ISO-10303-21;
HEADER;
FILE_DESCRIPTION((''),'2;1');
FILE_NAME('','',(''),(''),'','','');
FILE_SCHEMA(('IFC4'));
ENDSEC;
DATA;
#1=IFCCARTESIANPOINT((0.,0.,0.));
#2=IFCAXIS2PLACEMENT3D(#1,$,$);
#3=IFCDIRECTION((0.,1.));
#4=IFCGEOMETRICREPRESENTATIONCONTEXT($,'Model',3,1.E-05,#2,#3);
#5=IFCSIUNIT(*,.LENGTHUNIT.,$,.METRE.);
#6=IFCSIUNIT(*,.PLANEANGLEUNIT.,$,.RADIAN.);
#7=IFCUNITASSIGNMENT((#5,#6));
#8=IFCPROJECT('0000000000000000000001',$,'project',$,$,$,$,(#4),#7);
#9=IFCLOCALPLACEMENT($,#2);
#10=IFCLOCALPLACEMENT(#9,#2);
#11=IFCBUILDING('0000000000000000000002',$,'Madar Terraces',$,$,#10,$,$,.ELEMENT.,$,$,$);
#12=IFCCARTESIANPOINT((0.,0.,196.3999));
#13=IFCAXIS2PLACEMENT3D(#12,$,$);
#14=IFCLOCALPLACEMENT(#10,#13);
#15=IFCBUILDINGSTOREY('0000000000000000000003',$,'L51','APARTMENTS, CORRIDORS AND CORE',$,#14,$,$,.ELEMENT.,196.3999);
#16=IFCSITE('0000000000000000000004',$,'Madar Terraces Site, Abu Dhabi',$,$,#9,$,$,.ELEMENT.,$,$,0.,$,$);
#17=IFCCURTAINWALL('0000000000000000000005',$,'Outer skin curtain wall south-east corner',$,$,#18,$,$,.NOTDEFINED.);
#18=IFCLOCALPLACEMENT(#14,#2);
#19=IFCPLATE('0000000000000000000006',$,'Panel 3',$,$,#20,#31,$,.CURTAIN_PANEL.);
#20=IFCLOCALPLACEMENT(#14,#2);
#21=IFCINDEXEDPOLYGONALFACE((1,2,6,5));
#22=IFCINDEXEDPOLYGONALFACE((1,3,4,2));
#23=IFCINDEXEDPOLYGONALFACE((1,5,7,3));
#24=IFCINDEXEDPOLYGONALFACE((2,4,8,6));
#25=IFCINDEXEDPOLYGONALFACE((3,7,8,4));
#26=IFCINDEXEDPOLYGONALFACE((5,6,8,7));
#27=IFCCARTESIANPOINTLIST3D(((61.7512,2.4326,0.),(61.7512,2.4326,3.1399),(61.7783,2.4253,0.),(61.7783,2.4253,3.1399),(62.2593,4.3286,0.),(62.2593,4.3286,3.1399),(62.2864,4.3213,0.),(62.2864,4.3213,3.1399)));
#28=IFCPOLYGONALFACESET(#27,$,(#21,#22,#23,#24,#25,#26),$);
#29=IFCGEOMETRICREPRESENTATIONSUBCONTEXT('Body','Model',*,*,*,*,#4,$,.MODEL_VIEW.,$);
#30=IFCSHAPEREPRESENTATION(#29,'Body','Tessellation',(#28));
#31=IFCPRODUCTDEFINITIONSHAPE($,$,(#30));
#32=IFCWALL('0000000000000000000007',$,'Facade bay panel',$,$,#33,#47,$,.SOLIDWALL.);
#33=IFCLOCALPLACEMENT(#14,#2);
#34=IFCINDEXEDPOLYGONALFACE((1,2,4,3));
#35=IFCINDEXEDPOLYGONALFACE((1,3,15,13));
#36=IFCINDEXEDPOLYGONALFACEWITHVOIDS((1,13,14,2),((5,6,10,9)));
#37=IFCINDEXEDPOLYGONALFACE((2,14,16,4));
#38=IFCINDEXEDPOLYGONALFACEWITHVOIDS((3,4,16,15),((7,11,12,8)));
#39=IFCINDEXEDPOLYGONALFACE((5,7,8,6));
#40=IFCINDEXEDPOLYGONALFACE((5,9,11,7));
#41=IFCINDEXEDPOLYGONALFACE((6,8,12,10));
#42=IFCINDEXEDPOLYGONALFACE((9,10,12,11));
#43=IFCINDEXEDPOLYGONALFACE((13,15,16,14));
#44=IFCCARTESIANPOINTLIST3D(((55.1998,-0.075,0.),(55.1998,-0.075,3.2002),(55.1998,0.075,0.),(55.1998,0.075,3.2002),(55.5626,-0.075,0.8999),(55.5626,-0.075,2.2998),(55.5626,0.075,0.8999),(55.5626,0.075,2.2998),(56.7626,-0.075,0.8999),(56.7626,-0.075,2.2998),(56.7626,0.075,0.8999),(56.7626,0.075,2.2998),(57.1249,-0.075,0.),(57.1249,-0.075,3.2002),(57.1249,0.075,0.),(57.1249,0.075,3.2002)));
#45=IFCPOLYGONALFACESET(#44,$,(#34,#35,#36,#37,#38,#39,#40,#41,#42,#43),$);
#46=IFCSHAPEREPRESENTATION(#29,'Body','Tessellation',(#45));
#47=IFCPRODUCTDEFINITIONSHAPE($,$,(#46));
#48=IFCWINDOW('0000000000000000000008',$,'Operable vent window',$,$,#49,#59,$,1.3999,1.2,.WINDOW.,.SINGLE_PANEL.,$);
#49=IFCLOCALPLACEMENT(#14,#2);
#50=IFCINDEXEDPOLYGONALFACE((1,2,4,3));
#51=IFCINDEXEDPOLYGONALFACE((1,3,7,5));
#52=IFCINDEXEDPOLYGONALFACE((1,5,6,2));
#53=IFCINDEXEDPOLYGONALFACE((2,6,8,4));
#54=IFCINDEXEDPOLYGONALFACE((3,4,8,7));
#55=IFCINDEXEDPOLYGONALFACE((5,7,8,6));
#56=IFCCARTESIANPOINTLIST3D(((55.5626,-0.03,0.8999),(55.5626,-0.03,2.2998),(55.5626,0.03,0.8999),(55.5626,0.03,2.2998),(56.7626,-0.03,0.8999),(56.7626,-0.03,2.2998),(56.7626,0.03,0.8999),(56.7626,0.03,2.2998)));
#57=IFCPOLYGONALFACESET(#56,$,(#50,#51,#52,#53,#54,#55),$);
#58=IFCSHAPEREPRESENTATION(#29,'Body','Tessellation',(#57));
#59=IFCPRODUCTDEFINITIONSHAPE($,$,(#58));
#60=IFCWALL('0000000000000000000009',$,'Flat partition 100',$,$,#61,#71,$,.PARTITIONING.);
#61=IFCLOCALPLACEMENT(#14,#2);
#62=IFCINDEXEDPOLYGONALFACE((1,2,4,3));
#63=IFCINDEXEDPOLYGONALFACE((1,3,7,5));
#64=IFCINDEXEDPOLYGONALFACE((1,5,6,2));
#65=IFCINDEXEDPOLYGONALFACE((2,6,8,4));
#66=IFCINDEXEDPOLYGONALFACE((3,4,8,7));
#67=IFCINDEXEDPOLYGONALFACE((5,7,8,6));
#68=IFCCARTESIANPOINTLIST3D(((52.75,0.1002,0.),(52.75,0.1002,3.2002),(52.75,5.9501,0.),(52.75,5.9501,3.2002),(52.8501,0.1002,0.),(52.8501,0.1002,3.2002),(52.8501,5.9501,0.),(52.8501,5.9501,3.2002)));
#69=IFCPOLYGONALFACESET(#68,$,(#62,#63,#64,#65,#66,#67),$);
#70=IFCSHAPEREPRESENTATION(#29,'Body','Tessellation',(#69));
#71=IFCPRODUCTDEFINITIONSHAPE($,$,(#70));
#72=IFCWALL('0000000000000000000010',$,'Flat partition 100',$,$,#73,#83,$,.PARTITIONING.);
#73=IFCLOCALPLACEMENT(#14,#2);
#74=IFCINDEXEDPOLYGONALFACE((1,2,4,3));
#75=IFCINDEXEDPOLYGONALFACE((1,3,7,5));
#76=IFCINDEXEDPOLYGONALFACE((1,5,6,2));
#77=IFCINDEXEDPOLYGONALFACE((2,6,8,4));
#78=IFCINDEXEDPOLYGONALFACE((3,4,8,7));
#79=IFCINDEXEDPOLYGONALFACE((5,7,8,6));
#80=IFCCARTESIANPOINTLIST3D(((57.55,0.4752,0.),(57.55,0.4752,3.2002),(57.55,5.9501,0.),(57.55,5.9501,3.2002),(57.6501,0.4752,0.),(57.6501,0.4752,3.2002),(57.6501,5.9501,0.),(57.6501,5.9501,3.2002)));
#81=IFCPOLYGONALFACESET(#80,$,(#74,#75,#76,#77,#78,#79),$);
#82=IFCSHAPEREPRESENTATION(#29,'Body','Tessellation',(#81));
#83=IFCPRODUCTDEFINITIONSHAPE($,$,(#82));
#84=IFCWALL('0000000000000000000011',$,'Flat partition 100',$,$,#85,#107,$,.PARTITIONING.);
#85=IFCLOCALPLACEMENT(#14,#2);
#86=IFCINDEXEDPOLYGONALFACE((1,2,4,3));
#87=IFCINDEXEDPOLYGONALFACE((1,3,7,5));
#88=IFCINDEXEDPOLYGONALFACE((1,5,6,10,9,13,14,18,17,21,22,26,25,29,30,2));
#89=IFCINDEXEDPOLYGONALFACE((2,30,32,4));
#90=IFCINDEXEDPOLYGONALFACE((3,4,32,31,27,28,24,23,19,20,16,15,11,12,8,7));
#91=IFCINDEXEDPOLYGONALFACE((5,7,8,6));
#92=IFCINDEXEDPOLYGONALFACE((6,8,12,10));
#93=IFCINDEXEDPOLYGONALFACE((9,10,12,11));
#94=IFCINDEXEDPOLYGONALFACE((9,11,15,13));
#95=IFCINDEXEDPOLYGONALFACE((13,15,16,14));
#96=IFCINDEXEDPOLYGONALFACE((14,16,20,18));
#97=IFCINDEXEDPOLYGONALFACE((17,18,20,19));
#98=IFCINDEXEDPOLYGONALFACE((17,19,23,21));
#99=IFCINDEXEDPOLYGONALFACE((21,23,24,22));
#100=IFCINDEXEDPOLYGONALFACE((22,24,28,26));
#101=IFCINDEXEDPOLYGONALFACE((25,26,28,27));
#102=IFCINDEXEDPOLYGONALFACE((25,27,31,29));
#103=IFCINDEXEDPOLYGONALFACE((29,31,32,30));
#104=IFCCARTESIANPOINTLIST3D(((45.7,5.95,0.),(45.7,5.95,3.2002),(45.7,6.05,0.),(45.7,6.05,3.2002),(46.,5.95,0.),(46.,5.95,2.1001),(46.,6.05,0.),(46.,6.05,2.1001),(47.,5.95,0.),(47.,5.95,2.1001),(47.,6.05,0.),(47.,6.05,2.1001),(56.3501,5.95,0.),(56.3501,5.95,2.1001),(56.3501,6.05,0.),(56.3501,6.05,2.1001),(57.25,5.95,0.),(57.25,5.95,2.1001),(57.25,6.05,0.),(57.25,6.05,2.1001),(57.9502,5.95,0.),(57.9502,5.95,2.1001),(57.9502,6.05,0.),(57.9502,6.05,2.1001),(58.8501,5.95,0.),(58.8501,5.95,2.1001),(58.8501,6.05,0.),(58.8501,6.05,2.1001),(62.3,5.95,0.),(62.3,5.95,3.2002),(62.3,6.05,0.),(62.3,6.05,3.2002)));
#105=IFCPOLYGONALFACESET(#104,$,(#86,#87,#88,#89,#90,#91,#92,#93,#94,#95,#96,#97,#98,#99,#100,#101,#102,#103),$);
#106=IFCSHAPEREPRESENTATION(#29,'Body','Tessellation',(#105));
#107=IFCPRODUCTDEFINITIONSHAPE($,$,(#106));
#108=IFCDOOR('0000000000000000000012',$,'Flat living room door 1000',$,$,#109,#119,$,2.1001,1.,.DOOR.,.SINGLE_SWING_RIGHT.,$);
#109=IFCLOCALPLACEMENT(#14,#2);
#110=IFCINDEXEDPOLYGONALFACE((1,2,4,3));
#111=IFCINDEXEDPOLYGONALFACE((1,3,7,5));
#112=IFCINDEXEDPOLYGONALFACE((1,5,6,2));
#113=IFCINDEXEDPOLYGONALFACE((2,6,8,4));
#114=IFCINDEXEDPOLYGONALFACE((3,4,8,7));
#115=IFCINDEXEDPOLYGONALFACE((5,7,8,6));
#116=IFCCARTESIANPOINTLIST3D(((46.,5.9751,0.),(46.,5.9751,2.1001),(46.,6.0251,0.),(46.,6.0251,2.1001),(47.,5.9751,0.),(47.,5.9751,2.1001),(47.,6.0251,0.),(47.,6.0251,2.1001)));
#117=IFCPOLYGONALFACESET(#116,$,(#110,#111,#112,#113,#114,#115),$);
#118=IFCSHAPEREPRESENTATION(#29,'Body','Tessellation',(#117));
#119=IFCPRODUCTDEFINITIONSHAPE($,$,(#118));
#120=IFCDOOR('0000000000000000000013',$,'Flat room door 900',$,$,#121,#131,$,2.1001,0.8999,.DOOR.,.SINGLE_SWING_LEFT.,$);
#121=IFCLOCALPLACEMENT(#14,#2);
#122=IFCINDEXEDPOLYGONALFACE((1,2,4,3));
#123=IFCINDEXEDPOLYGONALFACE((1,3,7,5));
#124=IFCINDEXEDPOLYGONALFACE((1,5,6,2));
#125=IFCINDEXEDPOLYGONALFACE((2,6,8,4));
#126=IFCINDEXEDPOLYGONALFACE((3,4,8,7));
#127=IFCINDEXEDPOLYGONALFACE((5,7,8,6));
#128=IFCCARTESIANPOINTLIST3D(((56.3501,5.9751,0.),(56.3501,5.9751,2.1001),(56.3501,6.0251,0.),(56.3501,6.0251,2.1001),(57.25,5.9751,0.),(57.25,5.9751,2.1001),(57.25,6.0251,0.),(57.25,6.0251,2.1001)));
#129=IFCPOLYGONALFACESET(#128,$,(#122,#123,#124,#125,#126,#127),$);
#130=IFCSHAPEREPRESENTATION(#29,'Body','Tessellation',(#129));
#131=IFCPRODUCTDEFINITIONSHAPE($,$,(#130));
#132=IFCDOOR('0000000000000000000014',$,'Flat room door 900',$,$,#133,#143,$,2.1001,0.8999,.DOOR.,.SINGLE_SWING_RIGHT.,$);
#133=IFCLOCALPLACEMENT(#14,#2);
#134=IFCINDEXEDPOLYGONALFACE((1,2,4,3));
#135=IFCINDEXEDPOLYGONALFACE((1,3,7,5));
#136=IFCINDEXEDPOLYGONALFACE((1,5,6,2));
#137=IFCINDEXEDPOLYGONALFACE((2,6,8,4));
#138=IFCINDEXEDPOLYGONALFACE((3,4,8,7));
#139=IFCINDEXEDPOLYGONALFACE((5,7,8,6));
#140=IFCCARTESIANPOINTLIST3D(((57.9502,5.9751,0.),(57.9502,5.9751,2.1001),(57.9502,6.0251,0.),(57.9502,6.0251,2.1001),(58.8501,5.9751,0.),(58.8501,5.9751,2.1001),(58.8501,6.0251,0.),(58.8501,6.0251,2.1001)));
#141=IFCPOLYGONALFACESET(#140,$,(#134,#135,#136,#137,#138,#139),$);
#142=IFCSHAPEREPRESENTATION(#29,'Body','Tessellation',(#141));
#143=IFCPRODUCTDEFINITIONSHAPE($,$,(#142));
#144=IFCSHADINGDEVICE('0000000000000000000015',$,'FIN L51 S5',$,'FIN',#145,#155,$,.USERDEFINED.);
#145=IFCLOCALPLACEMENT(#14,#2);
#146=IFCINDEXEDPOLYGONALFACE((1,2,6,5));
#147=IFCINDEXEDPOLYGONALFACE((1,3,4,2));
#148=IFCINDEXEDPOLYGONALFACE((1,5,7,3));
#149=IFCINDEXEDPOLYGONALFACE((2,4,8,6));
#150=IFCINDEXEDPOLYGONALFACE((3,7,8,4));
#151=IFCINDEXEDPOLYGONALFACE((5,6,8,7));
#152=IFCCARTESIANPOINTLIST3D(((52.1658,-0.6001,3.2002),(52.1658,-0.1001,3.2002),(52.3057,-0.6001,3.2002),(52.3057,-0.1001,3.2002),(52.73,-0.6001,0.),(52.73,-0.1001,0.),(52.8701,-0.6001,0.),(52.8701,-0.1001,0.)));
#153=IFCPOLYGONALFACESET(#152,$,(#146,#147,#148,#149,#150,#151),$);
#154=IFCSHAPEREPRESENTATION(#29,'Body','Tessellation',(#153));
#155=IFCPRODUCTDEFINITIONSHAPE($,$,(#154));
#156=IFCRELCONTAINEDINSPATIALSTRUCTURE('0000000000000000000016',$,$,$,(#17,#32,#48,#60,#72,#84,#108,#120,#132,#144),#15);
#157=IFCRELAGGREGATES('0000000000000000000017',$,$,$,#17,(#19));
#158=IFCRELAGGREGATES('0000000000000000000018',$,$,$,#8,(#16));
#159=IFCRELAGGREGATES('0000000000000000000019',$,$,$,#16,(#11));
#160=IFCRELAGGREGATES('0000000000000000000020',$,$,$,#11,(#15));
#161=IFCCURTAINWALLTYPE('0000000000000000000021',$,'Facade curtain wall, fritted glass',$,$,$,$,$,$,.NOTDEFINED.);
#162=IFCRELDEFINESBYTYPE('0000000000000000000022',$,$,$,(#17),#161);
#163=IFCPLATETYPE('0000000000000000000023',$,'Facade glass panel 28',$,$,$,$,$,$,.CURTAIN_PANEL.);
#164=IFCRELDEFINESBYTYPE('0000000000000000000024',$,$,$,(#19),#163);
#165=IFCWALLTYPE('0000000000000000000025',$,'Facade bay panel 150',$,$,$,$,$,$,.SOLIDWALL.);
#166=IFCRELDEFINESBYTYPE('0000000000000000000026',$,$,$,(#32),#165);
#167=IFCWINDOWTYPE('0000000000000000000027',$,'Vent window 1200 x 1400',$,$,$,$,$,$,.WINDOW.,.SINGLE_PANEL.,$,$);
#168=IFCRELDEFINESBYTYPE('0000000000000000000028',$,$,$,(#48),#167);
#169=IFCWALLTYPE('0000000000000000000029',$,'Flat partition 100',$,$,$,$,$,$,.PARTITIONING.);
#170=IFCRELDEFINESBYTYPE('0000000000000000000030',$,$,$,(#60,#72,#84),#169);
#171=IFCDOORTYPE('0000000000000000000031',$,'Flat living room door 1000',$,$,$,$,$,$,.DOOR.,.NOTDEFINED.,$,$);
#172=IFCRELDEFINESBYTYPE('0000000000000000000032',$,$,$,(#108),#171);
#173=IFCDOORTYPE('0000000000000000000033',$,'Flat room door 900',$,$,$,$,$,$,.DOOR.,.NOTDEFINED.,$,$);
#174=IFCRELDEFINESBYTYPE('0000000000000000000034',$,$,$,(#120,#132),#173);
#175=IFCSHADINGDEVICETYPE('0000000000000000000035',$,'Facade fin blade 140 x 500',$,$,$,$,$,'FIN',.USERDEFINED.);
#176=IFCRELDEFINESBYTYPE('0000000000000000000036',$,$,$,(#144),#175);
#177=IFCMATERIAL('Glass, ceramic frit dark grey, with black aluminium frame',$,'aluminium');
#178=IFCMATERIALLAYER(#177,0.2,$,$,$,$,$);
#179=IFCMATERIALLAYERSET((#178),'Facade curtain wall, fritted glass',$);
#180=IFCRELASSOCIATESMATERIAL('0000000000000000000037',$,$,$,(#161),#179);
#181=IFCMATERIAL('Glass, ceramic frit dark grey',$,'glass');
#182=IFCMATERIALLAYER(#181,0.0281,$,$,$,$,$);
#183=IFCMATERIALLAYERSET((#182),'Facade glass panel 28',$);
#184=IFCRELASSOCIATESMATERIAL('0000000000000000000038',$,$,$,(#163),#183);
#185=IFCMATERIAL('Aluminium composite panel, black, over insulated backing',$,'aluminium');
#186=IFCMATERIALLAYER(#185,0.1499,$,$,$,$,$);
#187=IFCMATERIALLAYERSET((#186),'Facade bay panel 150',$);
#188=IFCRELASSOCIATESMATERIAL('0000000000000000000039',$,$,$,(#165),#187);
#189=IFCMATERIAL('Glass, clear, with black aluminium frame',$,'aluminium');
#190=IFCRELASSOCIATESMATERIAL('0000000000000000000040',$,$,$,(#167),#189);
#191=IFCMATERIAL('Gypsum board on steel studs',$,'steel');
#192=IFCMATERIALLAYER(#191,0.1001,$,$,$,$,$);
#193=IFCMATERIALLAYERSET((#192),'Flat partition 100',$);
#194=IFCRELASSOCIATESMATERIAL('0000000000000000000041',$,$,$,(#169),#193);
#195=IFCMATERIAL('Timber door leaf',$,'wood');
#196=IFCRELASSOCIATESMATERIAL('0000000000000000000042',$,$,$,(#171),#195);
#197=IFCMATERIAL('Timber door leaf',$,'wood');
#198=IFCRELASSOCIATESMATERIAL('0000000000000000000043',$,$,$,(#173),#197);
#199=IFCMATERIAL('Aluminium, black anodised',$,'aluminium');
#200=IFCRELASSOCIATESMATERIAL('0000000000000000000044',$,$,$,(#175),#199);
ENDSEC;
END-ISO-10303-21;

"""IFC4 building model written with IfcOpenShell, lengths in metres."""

from ifc_helpers import new_model, si_unit, direction, frame, frame_2d, origin, origin_2d, place, context, subcontext, project, spatial, polyline, rectangle, outline, extrude, material, layer, layer_set, type_object, element, fill, aggregate, save


model = new_model("IFC4")

# Units and contexts
model_context = context("Model", 3, precision=1e-05, world=origin(), true_north=direction((0.0, 1.0)))
body_context = subcontext(model_context, "Body", "Model", "MODEL_VIEW")
ifc_project = project(units=[si_unit("LENGTHUNIT", "METRE"), si_unit("PLANEANGLEUNIT", "RADIAN")], contexts=[model_context])

# Site, building, storey
site_placement = place(None, origin())
site = spatial("IfcSite", under=ifc_project, at=site_placement, Name="Madar Terraces Site, Abu Dhabi", CompositionType="ELEMENT", RefElevation=0.0)
building_placement = place(site_placement, origin())
building = spatial("IfcBuilding", under=site, at=building_placement, Name="Madar Terraces", CompositionType="ELEMENT")
storey_placement = place(building_placement, frame((0.0, 0.0, 196.3999)))
storey = spatial("IfcBuildingStorey", under=building, at=storey_placement, Name="L51", Description="APARTMENTS, CORRIDORS AND CORE", CompositionType="ELEMENT", Elevation=196.3999)

# Shared definitions
ifc_material_1 = material(Name="Glass, ceramic frit dark grey, with black aluminium frame", Category="aluminium")
ifc_layer_1 = layer(ifc_material_1, 0.2)
ifc_layer_set_1 = layer_set([ifc_layer_1], Name="Facade curtain wall, fritted glass")
curtain_wall_type = type_object("IfcCurtainWallType", Name="Facade curtain wall, fritted glass", PredefinedType="NOTDEFINED", material=ifc_layer_set_1)

# Curtain wall
curtain_wall_1_placement = place(storey_placement, origin())
curtain_wall_1 = element("IfcCurtainWall", 1, at=curtain_wall_1_placement, inside=storey, type_object=curtain_wall_type, Name="Outer skin curtain wall south-east corner", PredefinedType="NOTDEFINED")

# Plate
ifc_material_2 = material(Name="Glass, ceramic frit dark grey", Category="glass")
ifc_layer_2 = layer(ifc_material_2, 0.0281)
ifc_layer_set_2 = layer_set([ifc_layer_2], Name="Facade glass panel 28")
plate_type = type_object("IfcPlateType", Name="Facade glass panel 28", PredefinedType="CURTAIN_PANEL", material=ifc_layer_set_2)
plate_1_placement = place(storey_placement, frame((62.0188, 3.377, 0.0), z_axis=(0.0, 0.0, 1.0), x_axis=(0.258819, 0.965926, 0.0)))
plate_1 = element("IfcPlate", 2, at=plate_1_placement, type_object=plate_type, Name="Panel 3", PredefinedType="CURTAIN_PANEL", context=body_context, shape_type="SweptSolid", body=[
    extrude(rectangle(XDim=1.9629, YDim=0.0281, at=origin_2d()), origin(), (0.0, 0.0, 1.0), 3.1399),
])
aggregate(curtain_wall_1, [plate_1])

# Wall, opening, window
ifc_material_3 = material(Name="Aluminium composite panel, black, over insulated backing", Category="aluminium")
ifc_layer_3 = layer(ifc_material_3, 0.1499)
ifc_layer_set_3 = layer_set([ifc_layer_3], Name="Facade bay panel 150")
wall_type_1 = type_object("IfcWallType", Name="Facade bay panel 150", PredefinedType="SOLIDWALL", material=ifc_layer_set_3)
wall_1_placement = place(storey_placement, frame((55.2, 0.0, 0.0), z_axis=(0.0, 0.0, 1.0), x_axis=(1.0, 0.0, 0.0)))
wall_1 = element("IfcWall", 3, at=wall_1_placement, inside=storey, type_object=wall_type_1, Name="Facade bay panel", PredefinedType="SOLIDWALL", context=body_context, shape_type="SweptSolid", body=[
    extrude(rectangle(XDim=1.925, YDim=0.1499, at=frame_2d((0.9624, 0.0))), origin(), (0.0, 0.0, 1.0), 3.2002),
])
opening_1_placement = place(wall_1_placement, frame((0.3625, 0.0, 0.8999)))
opening_1 = element("IfcOpeningElement", 4, at=opening_1_placement, cuts=wall_1, PredefinedType="OPENING", context=body_context, shape_type="SweptSolid", body=[
    extrude(rectangle(XDim=1.2, YDim=1.3999, at=frame_2d((0.6001, 0.7))), frame((0.0, 0.085, 0.0), z_axis=(0.0, -1.0, 0.0), x_axis=(1.0, 0.0, 0.0)), (0.0, 0.0, 1.0), 0.1699),
])
ifc_material_4 = material(Name="Glass, clear, with black aluminium frame", Category="aluminium")
window_type = type_object("IfcWindowType", Name="Vent window 1200 x 1400", PartitioningType="SINGLE_PANEL", PredefinedType="WINDOW", material=ifc_material_4)
window_placement = place(opening_1_placement, origin())
window = element("IfcWindow", 5, at=window_placement, inside=storey, type_object=window_type, Name="Operable vent window", OverallHeight=1.3999, OverallWidth=1.2, PartitioningType="SINGLE_PANEL", PredefinedType="WINDOW", context=body_context, shape_type="SweptSolid", body=[
    extrude(rectangle(XDim=1.2, YDim=1.3999, at=frame_2d((0.6001, 0.7))), frame((0.0, 0.03, 0.0), z_axis=(0.0, -1.0, 0.0), x_axis=(1.0, 0.0, 0.0)), (0.0, 0.0, 1.0), 0.0601),
])
fill(opening_1, window)

# Walls
ifc_material_5 = material(Name="Gypsum board on steel studs", Category="steel")
ifc_layer_4 = layer(ifc_material_5, 0.1001)
ifc_layer_set_4 = layer_set([ifc_layer_4], Name="Flat partition 100")
wall_type_2 = type_object("IfcWallType", Name="Flat partition 100", PredefinedType="PARTITIONING", material=ifc_layer_set_4)
wall_2_placement = place(storey_placement, frame((52.8, 5.95, 0.0), z_axis=(0.0, 0.0, 1.0), x_axis=(0.0, -1.0, 0.0)))
element("IfcWall", 6, at=wall_2_placement, inside=storey, type_object=wall_type_2, Name="Flat partition 100", PredefinedType="PARTITIONING", context=body_context, shape_type="SweptSolid", body=[
    extrude(rectangle(XDim=5.8499, YDim=0.1001, at=frame_2d((2.9248, 0.0))), origin(), (0.0, 0.0, 1.0), 3.2002),
])
wall_3_placement = place(storey_placement, frame((57.6001, 5.95, 0.0), z_axis=(0.0, 0.0, 1.0), x_axis=(0.0, -1.0, 0.0)))
element("IfcWall", 7, at=wall_3_placement, inside=storey, type_object=wall_type_2, Name="Flat partition 100", PredefinedType="PARTITIONING", context=body_context, shape_type="SweptSolid", body=[
    extrude(rectangle(XDim=5.4749, YDim=0.1001, at=frame_2d((2.7373, 0.0))), origin(), (0.0, 0.0, 1.0), 3.2002),
])

# Wall, openings, doors
wall_4_placement = place(storey_placement, frame((62.3, 6.0, 0.0), z_axis=(0.0, 0.0, 1.0), x_axis=(-1.0, 0.0, 0.0)))
wall_4 = element("IfcWall", 8, at=wall_4_placement, inside=storey, type_object=wall_type_2, Name="Flat partition 100", PredefinedType="PARTITIONING", context=body_context, shape_type="SweptSolid", body=[
    extrude(rectangle(XDim=16.6001, YDim=0.1001, at=frame_2d((8.3, 0.0))), origin(), (0.0, 0.0, 1.0), 3.2002),
])
opening_2_placement = place(wall_4_placement, frame((15.3, 0.0, 0.0)))
opening_2 = element("IfcOpeningElement", 9, at=opening_2_placement, cuts=wall_4, PredefinedType="OPENING", context=body_context, shape_type="SweptSolid", body=[
    extrude(rectangle(XDim=1.0, YDim=2.1001, at=frame_2d((0.5, 1.05))), frame((0.0, 0.0601, 0.0), z_axis=(0.0, -1.0, 0.0), x_axis=(1.0, 0.0, 0.0)), (0.0, 0.0, 1.0), 0.1201),
])
opening_3_placement = place(wall_4_placement, frame((5.05, 0.0, 0.0)))
opening_3 = element("IfcOpeningElement", 10, at=opening_3_placement, cuts=wall_4, PredefinedType="OPENING", context=body_context, shape_type="SweptSolid", body=[
    extrude(rectangle(XDim=0.8999, YDim=2.1001, at=frame_2d((0.45, 1.05))), frame((0.0, 0.0601, 0.0), z_axis=(0.0, -1.0, 0.0), x_axis=(1.0, 0.0, 0.0)), (0.0, 0.0, 1.0), 0.1201),
])
opening_4_placement = place(wall_4_placement, frame((3.45, 0.0, 0.0)))
opening_4 = element("IfcOpeningElement", 11, at=opening_4_placement, cuts=wall_4, PredefinedType="OPENING", context=body_context, shape_type="SweptSolid", body=[
    extrude(rectangle(XDim=0.8999, YDim=2.1001, at=frame_2d((0.45, 1.05))), frame((0.0, 0.0601, 0.0), z_axis=(0.0, -1.0, 0.0), x_axis=(1.0, 0.0, 0.0)), (0.0, 0.0, 1.0), 0.1201),
])
ifc_material_6 = material(Name="Timber door leaf", Category="wood")
door_type_1 = type_object("IfcDoorType", Name="Flat living room door 1000", OperationType="NOTDEFINED", PredefinedType="DOOR", material=ifc_material_6)
door_1_placement = place(opening_2_placement, origin())
door_1 = element("IfcDoor", 12, at=door_1_placement, inside=storey, type_object=door_type_1, Name="Flat living room door 1000", OperationType="SINGLE_SWING_RIGHT", OverallHeight=2.1001, OverallWidth=1.0, PredefinedType="DOOR", context=body_context, shape_type="SweptSolid", body=[
    extrude(rectangle(XDim=1.0, YDim=2.1001, at=frame_2d((0.5, 1.05))), frame((0.0, 0.0249, 0.0), z_axis=(0.0, -1.0, 0.0), x_axis=(1.0, 0.0, 0.0)), (0.0, 0.0, 1.0), 0.05),
])
fill(opening_2, door_1)
ifc_material_7 = material(Name="Timber door leaf", Category="wood")
door_type_2 = type_object("IfcDoorType", Name="Flat room door 900", OperationType="NOTDEFINED", PredefinedType="DOOR", material=ifc_material_7)
door_2_placement = place(opening_3_placement, origin())
door_2 = element("IfcDoor", 13, at=door_2_placement, inside=storey, type_object=door_type_2, Name="Flat room door 900", OperationType="SINGLE_SWING_LEFT", OverallHeight=2.1001, OverallWidth=0.8999, PredefinedType="DOOR", context=body_context, shape_type="SweptSolid", body=[
    extrude(rectangle(XDim=0.8999, YDim=2.1001, at=frame_2d((0.45, 1.05))), frame((0.0, 0.0249, 0.0), z_axis=(0.0, -1.0, 0.0), x_axis=(1.0, 0.0, 0.0)), (0.0, 0.0, 1.0), 0.05),
])
fill(opening_3, door_2)
door_3_placement = place(opening_4_placement, origin())
door_3 = element("IfcDoor", 14, at=door_3_placement, inside=storey, type_object=door_type_2, Name="Flat room door 900", OperationType="SINGLE_SWING_RIGHT", OverallHeight=2.1001, OverallWidth=0.8999, PredefinedType="DOOR", context=body_context, shape_type="SweptSolid", body=[
    extrude(rectangle(XDim=0.8999, YDim=2.1001, at=frame_2d((0.45, 1.05))), frame((0.0, 0.0249, 0.0), z_axis=(0.0, -1.0, 0.0), x_axis=(1.0, 0.0, 0.0)), (0.0, 0.0, 1.0), 0.05),
])
fill(opening_4, door_3)

# Shading device
ifc_material_8 = material(Name="Aluminium, black anodised", Category="aluminium")
shading_device_type = type_object("IfcShadingDeviceType", Name="Facade fin blade 140 x 500", ElementType="FIN", PredefinedType="USERDEFINED", material=ifc_material_8)
shading_device_placement = place(storey_placement, frame((52.73, -0.3501, 0.0), z_axis=(0.0, 0.0, 1.0), x_axis=(1.0, 0.0, 0.0)))
element("IfcShadingDevice", 15, at=shading_device_placement, inside=storey, type_object=shading_device_type, Name="FIN L51 S5", ObjectType="FIN", PredefinedType="USERDEFINED", context=body_context, shape_type="SweptSolid", body=[
    extrude(outline(polyline([(0.0, 0.0), (0.1401, 0.0), (-0.4243, 3.2002), (-0.5642, 3.2002), (0.0, 0.0)])), frame((0.0, 0.25, 0.0), z_axis=(0.0, -1.0, 0.0), x_axis=(1.0, 0.0, 0.0)), (0.0, 0.0, 1.0), 0.5),
])

save(model, "model.ifc")
